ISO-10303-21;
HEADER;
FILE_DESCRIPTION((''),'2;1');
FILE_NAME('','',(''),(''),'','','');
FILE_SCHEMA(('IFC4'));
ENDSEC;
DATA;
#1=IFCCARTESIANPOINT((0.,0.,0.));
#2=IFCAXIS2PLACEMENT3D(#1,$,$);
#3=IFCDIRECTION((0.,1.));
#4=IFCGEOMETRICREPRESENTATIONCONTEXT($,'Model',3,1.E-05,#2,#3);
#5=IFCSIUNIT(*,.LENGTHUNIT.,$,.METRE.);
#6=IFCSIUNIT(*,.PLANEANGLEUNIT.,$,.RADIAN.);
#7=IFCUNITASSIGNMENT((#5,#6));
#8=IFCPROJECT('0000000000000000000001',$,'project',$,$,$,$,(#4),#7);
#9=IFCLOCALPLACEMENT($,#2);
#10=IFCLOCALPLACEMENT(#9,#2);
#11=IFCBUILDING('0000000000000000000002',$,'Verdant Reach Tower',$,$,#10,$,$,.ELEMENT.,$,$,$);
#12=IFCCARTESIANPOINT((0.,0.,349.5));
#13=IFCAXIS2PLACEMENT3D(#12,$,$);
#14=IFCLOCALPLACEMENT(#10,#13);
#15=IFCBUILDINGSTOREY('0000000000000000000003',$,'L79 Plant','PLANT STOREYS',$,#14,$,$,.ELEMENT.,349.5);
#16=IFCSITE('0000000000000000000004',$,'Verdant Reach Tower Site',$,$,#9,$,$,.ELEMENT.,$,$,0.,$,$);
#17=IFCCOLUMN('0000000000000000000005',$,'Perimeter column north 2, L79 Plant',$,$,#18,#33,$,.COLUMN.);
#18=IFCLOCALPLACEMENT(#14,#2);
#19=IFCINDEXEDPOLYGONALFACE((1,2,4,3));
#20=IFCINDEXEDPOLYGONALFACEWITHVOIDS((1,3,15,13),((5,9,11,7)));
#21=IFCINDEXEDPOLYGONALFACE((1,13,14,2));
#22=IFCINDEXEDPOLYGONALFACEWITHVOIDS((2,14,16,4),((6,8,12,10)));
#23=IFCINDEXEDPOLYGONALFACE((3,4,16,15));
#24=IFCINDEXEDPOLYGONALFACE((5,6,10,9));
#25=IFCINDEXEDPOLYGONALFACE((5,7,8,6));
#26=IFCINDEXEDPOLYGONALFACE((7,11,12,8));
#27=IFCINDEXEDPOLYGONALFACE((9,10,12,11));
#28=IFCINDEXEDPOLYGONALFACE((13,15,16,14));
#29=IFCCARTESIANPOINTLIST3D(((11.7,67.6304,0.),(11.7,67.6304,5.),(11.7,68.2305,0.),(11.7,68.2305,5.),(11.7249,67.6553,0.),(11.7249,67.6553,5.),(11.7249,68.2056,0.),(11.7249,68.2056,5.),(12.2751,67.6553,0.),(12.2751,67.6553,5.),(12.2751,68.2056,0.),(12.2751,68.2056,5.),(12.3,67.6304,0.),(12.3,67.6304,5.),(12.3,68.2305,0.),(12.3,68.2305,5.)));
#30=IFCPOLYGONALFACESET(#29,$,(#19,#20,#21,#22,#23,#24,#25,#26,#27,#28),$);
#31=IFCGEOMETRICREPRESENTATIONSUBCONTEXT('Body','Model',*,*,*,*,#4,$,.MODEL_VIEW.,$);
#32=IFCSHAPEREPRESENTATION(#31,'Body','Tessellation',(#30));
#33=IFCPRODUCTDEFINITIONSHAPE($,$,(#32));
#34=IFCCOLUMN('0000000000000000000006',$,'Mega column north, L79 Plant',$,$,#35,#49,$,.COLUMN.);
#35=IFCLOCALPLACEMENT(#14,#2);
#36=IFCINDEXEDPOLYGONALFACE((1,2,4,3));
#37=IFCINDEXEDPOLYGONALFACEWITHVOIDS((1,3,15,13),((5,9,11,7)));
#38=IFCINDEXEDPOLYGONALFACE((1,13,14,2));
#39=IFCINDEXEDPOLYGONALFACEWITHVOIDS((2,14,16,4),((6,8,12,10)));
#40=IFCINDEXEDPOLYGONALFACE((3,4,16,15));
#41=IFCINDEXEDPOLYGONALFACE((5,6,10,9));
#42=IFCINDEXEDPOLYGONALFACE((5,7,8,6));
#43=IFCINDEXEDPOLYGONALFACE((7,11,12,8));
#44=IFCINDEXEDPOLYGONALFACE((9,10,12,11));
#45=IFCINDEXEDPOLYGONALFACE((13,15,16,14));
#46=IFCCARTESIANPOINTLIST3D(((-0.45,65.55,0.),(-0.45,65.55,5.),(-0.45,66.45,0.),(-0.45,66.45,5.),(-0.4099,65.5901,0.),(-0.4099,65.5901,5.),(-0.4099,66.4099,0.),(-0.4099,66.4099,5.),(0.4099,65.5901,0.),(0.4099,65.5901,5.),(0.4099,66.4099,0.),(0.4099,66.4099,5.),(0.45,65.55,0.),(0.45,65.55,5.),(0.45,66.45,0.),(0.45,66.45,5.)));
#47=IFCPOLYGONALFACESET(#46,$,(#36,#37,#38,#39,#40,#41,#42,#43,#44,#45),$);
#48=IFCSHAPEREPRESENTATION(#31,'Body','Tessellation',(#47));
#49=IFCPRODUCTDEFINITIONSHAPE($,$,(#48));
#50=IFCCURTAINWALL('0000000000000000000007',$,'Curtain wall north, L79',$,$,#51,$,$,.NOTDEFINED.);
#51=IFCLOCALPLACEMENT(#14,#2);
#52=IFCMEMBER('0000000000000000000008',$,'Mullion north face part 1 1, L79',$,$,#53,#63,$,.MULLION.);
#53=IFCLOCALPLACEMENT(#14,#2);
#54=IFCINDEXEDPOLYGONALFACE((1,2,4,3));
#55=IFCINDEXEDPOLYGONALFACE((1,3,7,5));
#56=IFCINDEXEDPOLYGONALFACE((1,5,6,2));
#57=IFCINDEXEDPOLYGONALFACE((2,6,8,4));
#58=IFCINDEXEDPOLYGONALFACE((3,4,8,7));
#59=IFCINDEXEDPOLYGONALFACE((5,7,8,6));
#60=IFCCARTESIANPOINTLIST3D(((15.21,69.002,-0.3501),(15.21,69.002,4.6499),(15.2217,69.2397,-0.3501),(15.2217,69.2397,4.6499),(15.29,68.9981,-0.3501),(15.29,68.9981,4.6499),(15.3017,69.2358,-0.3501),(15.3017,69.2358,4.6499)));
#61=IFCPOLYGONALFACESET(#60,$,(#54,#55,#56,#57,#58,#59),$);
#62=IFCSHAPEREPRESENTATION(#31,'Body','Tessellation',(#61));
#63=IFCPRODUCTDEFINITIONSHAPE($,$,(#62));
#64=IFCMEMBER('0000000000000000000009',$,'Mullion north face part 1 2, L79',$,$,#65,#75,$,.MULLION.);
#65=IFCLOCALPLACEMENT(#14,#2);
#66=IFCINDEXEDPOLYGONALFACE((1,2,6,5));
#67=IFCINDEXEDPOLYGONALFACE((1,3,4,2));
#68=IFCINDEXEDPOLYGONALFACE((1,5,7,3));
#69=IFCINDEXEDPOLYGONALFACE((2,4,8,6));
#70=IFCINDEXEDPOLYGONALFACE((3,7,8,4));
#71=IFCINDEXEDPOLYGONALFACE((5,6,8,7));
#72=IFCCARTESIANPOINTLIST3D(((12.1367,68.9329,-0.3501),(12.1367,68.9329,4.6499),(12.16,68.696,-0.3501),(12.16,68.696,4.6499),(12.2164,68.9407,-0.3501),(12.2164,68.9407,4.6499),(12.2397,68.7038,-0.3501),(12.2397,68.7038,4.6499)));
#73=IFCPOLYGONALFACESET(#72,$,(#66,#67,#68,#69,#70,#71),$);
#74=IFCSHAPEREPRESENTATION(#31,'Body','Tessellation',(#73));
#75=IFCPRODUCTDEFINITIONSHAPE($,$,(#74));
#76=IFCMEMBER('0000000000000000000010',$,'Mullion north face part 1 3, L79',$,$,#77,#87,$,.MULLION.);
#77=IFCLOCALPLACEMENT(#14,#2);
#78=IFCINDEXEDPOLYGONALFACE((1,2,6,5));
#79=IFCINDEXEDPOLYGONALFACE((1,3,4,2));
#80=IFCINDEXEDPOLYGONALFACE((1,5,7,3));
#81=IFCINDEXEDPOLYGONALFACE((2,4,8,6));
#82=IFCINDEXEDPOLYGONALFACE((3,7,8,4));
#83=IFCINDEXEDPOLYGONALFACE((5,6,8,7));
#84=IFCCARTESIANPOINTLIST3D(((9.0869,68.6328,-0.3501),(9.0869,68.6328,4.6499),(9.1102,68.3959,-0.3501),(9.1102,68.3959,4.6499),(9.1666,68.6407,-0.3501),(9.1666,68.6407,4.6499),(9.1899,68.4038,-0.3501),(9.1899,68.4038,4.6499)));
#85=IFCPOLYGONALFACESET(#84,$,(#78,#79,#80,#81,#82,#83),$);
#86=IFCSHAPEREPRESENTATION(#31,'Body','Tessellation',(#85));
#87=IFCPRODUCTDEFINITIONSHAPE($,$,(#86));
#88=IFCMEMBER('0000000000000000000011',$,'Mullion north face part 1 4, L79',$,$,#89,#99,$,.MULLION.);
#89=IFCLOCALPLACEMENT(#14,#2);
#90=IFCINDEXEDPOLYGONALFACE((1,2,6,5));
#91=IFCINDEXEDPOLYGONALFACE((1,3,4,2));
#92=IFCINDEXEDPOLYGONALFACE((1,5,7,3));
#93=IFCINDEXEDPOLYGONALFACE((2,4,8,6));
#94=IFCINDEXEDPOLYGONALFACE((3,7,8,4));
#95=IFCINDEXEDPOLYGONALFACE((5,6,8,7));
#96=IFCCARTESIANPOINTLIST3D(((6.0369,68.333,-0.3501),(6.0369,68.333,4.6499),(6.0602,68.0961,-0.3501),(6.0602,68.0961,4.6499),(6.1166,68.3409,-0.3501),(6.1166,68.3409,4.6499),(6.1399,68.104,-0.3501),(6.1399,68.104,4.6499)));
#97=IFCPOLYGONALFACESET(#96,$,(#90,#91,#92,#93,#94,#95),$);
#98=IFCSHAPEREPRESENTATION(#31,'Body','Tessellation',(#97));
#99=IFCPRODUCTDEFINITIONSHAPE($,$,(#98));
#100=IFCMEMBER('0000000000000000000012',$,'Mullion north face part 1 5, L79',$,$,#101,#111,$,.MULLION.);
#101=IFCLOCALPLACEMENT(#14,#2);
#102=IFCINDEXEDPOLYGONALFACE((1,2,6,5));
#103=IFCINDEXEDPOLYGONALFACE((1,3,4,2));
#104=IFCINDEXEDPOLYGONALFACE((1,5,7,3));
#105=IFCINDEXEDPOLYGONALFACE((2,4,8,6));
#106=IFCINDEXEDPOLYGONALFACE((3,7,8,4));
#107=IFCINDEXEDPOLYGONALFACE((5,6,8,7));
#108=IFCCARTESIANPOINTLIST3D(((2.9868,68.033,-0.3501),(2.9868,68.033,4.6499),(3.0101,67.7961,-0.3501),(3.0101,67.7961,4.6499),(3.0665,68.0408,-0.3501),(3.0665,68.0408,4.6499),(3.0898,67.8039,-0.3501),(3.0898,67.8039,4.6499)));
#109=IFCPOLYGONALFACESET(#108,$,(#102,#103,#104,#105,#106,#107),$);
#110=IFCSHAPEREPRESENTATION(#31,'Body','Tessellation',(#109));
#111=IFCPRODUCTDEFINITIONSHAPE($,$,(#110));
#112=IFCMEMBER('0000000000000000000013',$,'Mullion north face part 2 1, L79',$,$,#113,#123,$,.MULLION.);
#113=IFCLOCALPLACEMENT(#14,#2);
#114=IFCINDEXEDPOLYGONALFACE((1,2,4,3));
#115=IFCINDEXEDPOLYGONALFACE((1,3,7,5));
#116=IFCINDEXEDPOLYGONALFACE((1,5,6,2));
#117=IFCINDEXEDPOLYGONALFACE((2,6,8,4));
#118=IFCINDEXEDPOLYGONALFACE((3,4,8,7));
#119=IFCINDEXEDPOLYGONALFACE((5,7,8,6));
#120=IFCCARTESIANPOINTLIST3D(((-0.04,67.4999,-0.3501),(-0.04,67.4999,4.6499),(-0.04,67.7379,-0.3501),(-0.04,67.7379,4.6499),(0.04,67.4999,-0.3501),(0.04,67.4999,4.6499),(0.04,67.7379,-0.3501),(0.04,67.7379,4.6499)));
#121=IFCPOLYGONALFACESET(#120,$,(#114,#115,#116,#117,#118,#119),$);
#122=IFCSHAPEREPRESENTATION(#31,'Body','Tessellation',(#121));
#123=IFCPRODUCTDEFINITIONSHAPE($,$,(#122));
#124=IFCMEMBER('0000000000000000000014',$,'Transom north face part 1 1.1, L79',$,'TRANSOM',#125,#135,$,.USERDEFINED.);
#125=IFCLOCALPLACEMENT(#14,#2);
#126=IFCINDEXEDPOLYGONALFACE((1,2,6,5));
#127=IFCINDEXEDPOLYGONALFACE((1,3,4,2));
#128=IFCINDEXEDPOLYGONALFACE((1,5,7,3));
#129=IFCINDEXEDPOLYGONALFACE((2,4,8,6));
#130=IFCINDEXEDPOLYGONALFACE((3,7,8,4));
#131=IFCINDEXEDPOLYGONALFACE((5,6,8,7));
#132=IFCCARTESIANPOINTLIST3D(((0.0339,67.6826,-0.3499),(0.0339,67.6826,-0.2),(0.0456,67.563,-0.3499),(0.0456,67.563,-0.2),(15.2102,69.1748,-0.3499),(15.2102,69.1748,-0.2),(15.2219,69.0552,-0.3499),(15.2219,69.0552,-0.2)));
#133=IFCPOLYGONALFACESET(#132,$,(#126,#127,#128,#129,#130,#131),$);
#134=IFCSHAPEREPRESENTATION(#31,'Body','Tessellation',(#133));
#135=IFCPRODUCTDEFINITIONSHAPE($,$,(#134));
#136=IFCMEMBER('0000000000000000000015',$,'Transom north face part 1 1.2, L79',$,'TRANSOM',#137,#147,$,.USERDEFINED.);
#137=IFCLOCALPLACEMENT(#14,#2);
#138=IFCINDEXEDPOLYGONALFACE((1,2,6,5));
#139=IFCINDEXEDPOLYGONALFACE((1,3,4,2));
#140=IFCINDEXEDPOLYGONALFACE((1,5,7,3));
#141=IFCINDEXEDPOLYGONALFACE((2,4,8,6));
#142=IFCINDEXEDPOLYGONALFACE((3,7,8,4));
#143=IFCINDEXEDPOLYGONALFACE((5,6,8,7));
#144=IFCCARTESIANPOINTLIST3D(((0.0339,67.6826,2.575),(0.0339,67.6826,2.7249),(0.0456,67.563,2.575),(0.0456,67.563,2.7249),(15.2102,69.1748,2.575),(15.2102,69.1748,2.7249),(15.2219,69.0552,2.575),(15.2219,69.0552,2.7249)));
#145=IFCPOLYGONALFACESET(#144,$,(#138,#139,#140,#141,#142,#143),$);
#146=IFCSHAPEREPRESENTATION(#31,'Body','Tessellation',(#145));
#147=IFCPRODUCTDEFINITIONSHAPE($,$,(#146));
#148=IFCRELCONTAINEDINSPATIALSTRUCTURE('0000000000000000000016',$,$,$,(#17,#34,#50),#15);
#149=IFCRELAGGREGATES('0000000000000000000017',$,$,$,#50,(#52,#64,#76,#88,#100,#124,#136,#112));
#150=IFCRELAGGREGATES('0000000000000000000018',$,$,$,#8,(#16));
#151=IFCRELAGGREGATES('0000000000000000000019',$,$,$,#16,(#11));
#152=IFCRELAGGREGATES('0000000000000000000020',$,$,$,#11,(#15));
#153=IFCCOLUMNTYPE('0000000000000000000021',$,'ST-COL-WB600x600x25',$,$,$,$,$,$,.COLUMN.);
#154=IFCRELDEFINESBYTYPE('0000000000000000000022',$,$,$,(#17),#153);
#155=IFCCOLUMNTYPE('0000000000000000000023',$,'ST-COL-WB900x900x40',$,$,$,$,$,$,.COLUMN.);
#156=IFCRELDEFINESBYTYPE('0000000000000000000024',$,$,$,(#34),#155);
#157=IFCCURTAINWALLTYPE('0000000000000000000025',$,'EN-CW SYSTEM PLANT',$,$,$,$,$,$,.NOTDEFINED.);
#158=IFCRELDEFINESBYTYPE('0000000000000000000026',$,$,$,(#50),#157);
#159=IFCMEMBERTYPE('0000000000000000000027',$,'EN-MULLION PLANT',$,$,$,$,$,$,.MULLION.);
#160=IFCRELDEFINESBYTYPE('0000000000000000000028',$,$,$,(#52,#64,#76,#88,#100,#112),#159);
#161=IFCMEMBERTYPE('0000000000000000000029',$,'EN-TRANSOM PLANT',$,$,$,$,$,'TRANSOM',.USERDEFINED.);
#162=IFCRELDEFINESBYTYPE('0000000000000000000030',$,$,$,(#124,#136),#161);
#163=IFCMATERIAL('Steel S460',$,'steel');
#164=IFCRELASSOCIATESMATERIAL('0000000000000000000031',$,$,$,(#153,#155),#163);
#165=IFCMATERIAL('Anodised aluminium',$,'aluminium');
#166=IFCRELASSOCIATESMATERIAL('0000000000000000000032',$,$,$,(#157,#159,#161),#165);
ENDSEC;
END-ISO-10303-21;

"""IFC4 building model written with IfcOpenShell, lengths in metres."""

from ifc_helpers import new_model, si_unit, direction, frame, origin, origin_2d, place, context, subcontext, project, spatial, rectangle, hollow_rectangle, extrude, material, material_profile, profile_set, type_object, element, aggregate, save


model = new_model("IFC4")

# Units and contexts
model_context = context("Model", 3, precision=1e-05, world=origin(), true_north=direction((0.0, 1.0)))
body_context = subcontext(model_context, "Body", "Model", "MODEL_VIEW")
ifc_project = project(units=[si_unit("LENGTHUNIT", "METRE"), si_unit("PLANEANGLEUNIT", "RADIAN")], contexts=[model_context])

# Site, building, storey
site_placement = place(None, origin())
site = spatial("IfcSite", under=ifc_project, at=site_placement, Name="Verdant Reach Tower Site", CompositionType="ELEMENT", RefElevation=0.0)
building_placement = place(site_placement, origin())
building = spatial("IfcBuilding", under=site, at=building_placement, Name="Verdant Reach Tower", CompositionType="ELEMENT")
storey_placement = place(building_placement, frame((0.0, 0.0, 349.5)))
storey = spatial("IfcBuildingStorey", under=building, at=storey_placement, Name="L79 Plant", Description="PLANT STOREYS", CompositionType="ELEMENT", Elevation=349.5)

# Columns
ifc_material_1 = material(Name="Steel S460", Category="steel")
ifc_material_profile_1 = material_profile(ifc_material_1, hollow_rectangle(XDim=0.6001, YDim=0.6001, WallThickness=0.0249, at=origin_2d()), Name="WB 600x600x25")
ifc_profile_set_1 = profile_set([ifc_material_profile_1], Name="Steel S460")
column_type_1 = type_object("IfcColumnType", Name="ST-COL-WB600x600x25", PredefinedType="COLUMN", material=ifc_profile_set_1)
column_1_placement = place(storey_placement, frame((12.0, 67.9304, 0.0), z_axis=(0.0, 0.0, 1.0), x_axis=(1.0, 0.0, 0.0)))
element("IfcColumn", 1, at=column_1_placement, inside=storey, type_object=column_type_1, Name="Perimeter column north 2, L79 Plant", PredefinedType="COLUMN", context=body_context, shape_type="SweptSolid", body=[
    extrude(hollow_rectangle(XDim=0.6001, YDim=0.6001, WallThickness=0.0249, at=origin_2d()), origin(), (0.0, 0.0, 1.0), 5.0),
])
ifc_material_profile_2 = material_profile(ifc_material_1, hollow_rectangle(XDim=0.8999, YDim=0.8999, WallThickness=0.04, at=origin_2d()), Name="WB 900x900x40")
ifc_profile_set_2 = profile_set([ifc_material_profile_2], Name="Steel S460")
column_type_2 = type_object("IfcColumnType", Name="ST-COL-WB900x900x40", PredefinedType="COLUMN", material=ifc_profile_set_2)
column_2_placement = place(storey_placement, frame((0.0, 66.0, 0.0), z_axis=(0.0, 0.0, 1.0), x_axis=(1.0, 0.0, 0.0)))
element("IfcColumn", 2, at=column_2_placement, inside=storey, type_object=column_type_2, Name="Mega column north, L79 Plant", PredefinedType="COLUMN", context=body_context, shape_type="SweptSolid", body=[
    extrude(hollow_rectangle(XDim=0.8999, YDim=0.8999, WallThickness=0.04, at=origin_2d()), origin(), (0.0, 0.0, 1.0), 5.0),
])

# Curtain wall, members
ifc_material_2 = material(Name="Anodised aluminium", Category="aluminium")
curtain_wall_type = type_object("IfcCurtainWallType", Name="EN-CW SYSTEM PLANT", PredefinedType="NOTDEFINED", material=ifc_material_2)
curtain_wall_1_placement = place(storey_placement, origin())
curtain_wall_1 = element("IfcCurtainWall", 3, at=curtain_wall_1_placement, inside=storey, type_object=curtain_wall_type, Name="Curtain wall north, L79", PredefinedType="NOTDEFINED")
ifc_material_profile_3 = material_profile(ifc_material_2, rectangle(XDim=0.238, YDim=0.0801, at=origin_2d()), Name="Mullion 80x240")
ifc_profile_set_3 = profile_set([ifc_material_profile_3], Name="Anodised aluminium")
member_type_1 = type_object("IfcMemberType", Name="EN-MULLION PLANT", PredefinedType="MULLION", material=ifc_profile_set_3)
member_1_placement = place(storey_placement, frame((15.2559, 69.1189, -0.3501), z_axis=(0.0, 0.0, 1.0), x_axis=(0.049128, 0.998793, 0.0)))
member_1 = element("IfcMember", 4, at=member_1_placement, type_object=member_type_1, Name="Mullion north face part 1 1, L79", PredefinedType="MULLION", context=body_context, shape_type="SweptSolid", body=[
    extrude(rectangle(XDim=0.238, YDim=0.0801, at=origin_2d()), origin(), (0.0, 0.0, 1.0), 5.0),
])
member_2_placement = place(storey_placement, frame((12.1882, 68.8184, -0.3501), z_axis=(0.0, 0.0, 1.0), x_axis=(-0.097888, 0.995197, 0.0)))
member_2 = element("IfcMember", 5, at=member_2_placement, type_object=member_type_1, Name="Mullion north face part 1 2, L79", PredefinedType="MULLION", context=body_context, shape_type="SweptSolid", body=[
    extrude(rectangle(XDim=0.238, YDim=0.0801, at=origin_2d()), origin(), (0.0, 0.0, 1.0), 5.0),
])
member_3_placement = place(storey_placement, frame((9.1384, 68.5183, -0.3501), z_axis=(0.0, 0.0, 1.0), x_axis=(-0.097888, 0.995197, 0.0)))
member_3 = element("IfcMember", 6, at=member_3_placement, type_object=member_type_1, Name="Mullion north face part 1 3, L79", PredefinedType="MULLION", context=body_context, shape_type="SweptSolid", body=[
    extrude(rectangle(XDim=0.238, YDim=0.0801, at=origin_2d()), origin(), (0.0, 0.0, 1.0), 5.0),
])
member_4_placement = place(storey_placement, frame((6.0884, 68.2185, -0.3501), z_axis=(0.0, 0.0, 1.0), x_axis=(-0.097888, 0.995197, 0.0)))
member_4 = element("IfcMember", 7, at=member_4_placement, type_object=member_type_1, Name="Mullion north face part 1 4, L79", PredefinedType="MULLION", context=body_context, shape_type="SweptSolid", body=[
    extrude(rectangle(XDim=0.238, YDim=0.0801, at=origin_2d()), origin(), (0.0, 0.0, 1.0), 5.0),
])
member_5_placement = place(storey_placement, frame((3.0383, 67.9185, -0.3501), z_axis=(0.0, 0.0, 1.0), x_axis=(-0.097888, 0.995197, 0.0)))
member_5 = element("IfcMember", 8, at=member_5_placement, type_object=member_type_1, Name="Mullion north face part 1 5, L79", PredefinedType="MULLION", context=body_context, shape_type="SweptSolid", body=[
    extrude(rectangle(XDim=0.238, YDim=0.0801, at=origin_2d()), origin(), (0.0, 0.0, 1.0), 5.0),
])
member_6_placement = place(storey_placement, frame((0.0, 67.6189, -0.3501), z_axis=(0.0, 0.0, 1.0), x_axis=(0.0, 1.0, 0.0)))
member_6 = element("IfcMember", 9, at=member_6_placement, type_object=member_type_1, Name="Mullion north face part 2 1, L79", PredefinedType="MULLION", context=body_context, shape_type="SweptSolid", body=[
    extrude(rectangle(XDim=0.238, YDim=0.0801, at=origin_2d()), origin(), (0.0, 0.0, 1.0), 5.0),
])
ifc_material_profile_4 = material_profile(ifc_material_2, rectangle(XDim=0.1201, YDim=0.1499, at=origin_2d()), Name="Transom 150x120")
ifc_profile_set_4 = profile_set([ifc_material_profile_4], Name="Anodised aluminium")
member_type_2 = type_object("IfcMemberType", Name="EN-TRANSOM PLANT", ElementType="TRANSOM", PredefinedType="USERDEFINED", material=ifc_profile_set_4)
member_7_placement = place(storey_placement, frame((15.2161, 69.115, -0.2749), z_axis=(-0.995201, -0.097852, 0.0), x_axis=(0.097852, -0.995201, 0.0)))
member_7 = element("IfcMember", 10, at=member_7_placement, type_object=member_type_2, Name="Transom north face part 1 1.1, L79", ObjectType="TRANSOM", PredefinedType="USERDEFINED", context=body_context, shape_type="SweptSolid", body=[
    extrude(rectangle(XDim=0.1201, YDim=0.1499, at=origin_2d()), origin(), (0.0, 0.0, 1.0), 15.2495),
])
member_8_placement = place(storey_placement, frame((15.2161, 69.115, 2.6499), z_axis=(-0.995201, -0.097852, 0.0), x_axis=(0.097852, -0.995201, 0.0)))
member_8 = element("IfcMember", 11, at=member_8_placement, type_object=member_type_2, Name="Transom north face part 1 1.2, L79", ObjectType="TRANSOM", PredefinedType="USERDEFINED", context=body_context, shape_type="SweptSolid", body=[
    extrude(rectangle(XDim=0.1201, YDim=0.1499, at=origin_2d()), origin(), (0.0, 0.0, 1.0), 15.2495),
])

aggregate(curtain_wall_1, [member_1, member_2, member_3, member_4, member_5, member_7, member_8, member_6])

save(model, "model.ifc")
